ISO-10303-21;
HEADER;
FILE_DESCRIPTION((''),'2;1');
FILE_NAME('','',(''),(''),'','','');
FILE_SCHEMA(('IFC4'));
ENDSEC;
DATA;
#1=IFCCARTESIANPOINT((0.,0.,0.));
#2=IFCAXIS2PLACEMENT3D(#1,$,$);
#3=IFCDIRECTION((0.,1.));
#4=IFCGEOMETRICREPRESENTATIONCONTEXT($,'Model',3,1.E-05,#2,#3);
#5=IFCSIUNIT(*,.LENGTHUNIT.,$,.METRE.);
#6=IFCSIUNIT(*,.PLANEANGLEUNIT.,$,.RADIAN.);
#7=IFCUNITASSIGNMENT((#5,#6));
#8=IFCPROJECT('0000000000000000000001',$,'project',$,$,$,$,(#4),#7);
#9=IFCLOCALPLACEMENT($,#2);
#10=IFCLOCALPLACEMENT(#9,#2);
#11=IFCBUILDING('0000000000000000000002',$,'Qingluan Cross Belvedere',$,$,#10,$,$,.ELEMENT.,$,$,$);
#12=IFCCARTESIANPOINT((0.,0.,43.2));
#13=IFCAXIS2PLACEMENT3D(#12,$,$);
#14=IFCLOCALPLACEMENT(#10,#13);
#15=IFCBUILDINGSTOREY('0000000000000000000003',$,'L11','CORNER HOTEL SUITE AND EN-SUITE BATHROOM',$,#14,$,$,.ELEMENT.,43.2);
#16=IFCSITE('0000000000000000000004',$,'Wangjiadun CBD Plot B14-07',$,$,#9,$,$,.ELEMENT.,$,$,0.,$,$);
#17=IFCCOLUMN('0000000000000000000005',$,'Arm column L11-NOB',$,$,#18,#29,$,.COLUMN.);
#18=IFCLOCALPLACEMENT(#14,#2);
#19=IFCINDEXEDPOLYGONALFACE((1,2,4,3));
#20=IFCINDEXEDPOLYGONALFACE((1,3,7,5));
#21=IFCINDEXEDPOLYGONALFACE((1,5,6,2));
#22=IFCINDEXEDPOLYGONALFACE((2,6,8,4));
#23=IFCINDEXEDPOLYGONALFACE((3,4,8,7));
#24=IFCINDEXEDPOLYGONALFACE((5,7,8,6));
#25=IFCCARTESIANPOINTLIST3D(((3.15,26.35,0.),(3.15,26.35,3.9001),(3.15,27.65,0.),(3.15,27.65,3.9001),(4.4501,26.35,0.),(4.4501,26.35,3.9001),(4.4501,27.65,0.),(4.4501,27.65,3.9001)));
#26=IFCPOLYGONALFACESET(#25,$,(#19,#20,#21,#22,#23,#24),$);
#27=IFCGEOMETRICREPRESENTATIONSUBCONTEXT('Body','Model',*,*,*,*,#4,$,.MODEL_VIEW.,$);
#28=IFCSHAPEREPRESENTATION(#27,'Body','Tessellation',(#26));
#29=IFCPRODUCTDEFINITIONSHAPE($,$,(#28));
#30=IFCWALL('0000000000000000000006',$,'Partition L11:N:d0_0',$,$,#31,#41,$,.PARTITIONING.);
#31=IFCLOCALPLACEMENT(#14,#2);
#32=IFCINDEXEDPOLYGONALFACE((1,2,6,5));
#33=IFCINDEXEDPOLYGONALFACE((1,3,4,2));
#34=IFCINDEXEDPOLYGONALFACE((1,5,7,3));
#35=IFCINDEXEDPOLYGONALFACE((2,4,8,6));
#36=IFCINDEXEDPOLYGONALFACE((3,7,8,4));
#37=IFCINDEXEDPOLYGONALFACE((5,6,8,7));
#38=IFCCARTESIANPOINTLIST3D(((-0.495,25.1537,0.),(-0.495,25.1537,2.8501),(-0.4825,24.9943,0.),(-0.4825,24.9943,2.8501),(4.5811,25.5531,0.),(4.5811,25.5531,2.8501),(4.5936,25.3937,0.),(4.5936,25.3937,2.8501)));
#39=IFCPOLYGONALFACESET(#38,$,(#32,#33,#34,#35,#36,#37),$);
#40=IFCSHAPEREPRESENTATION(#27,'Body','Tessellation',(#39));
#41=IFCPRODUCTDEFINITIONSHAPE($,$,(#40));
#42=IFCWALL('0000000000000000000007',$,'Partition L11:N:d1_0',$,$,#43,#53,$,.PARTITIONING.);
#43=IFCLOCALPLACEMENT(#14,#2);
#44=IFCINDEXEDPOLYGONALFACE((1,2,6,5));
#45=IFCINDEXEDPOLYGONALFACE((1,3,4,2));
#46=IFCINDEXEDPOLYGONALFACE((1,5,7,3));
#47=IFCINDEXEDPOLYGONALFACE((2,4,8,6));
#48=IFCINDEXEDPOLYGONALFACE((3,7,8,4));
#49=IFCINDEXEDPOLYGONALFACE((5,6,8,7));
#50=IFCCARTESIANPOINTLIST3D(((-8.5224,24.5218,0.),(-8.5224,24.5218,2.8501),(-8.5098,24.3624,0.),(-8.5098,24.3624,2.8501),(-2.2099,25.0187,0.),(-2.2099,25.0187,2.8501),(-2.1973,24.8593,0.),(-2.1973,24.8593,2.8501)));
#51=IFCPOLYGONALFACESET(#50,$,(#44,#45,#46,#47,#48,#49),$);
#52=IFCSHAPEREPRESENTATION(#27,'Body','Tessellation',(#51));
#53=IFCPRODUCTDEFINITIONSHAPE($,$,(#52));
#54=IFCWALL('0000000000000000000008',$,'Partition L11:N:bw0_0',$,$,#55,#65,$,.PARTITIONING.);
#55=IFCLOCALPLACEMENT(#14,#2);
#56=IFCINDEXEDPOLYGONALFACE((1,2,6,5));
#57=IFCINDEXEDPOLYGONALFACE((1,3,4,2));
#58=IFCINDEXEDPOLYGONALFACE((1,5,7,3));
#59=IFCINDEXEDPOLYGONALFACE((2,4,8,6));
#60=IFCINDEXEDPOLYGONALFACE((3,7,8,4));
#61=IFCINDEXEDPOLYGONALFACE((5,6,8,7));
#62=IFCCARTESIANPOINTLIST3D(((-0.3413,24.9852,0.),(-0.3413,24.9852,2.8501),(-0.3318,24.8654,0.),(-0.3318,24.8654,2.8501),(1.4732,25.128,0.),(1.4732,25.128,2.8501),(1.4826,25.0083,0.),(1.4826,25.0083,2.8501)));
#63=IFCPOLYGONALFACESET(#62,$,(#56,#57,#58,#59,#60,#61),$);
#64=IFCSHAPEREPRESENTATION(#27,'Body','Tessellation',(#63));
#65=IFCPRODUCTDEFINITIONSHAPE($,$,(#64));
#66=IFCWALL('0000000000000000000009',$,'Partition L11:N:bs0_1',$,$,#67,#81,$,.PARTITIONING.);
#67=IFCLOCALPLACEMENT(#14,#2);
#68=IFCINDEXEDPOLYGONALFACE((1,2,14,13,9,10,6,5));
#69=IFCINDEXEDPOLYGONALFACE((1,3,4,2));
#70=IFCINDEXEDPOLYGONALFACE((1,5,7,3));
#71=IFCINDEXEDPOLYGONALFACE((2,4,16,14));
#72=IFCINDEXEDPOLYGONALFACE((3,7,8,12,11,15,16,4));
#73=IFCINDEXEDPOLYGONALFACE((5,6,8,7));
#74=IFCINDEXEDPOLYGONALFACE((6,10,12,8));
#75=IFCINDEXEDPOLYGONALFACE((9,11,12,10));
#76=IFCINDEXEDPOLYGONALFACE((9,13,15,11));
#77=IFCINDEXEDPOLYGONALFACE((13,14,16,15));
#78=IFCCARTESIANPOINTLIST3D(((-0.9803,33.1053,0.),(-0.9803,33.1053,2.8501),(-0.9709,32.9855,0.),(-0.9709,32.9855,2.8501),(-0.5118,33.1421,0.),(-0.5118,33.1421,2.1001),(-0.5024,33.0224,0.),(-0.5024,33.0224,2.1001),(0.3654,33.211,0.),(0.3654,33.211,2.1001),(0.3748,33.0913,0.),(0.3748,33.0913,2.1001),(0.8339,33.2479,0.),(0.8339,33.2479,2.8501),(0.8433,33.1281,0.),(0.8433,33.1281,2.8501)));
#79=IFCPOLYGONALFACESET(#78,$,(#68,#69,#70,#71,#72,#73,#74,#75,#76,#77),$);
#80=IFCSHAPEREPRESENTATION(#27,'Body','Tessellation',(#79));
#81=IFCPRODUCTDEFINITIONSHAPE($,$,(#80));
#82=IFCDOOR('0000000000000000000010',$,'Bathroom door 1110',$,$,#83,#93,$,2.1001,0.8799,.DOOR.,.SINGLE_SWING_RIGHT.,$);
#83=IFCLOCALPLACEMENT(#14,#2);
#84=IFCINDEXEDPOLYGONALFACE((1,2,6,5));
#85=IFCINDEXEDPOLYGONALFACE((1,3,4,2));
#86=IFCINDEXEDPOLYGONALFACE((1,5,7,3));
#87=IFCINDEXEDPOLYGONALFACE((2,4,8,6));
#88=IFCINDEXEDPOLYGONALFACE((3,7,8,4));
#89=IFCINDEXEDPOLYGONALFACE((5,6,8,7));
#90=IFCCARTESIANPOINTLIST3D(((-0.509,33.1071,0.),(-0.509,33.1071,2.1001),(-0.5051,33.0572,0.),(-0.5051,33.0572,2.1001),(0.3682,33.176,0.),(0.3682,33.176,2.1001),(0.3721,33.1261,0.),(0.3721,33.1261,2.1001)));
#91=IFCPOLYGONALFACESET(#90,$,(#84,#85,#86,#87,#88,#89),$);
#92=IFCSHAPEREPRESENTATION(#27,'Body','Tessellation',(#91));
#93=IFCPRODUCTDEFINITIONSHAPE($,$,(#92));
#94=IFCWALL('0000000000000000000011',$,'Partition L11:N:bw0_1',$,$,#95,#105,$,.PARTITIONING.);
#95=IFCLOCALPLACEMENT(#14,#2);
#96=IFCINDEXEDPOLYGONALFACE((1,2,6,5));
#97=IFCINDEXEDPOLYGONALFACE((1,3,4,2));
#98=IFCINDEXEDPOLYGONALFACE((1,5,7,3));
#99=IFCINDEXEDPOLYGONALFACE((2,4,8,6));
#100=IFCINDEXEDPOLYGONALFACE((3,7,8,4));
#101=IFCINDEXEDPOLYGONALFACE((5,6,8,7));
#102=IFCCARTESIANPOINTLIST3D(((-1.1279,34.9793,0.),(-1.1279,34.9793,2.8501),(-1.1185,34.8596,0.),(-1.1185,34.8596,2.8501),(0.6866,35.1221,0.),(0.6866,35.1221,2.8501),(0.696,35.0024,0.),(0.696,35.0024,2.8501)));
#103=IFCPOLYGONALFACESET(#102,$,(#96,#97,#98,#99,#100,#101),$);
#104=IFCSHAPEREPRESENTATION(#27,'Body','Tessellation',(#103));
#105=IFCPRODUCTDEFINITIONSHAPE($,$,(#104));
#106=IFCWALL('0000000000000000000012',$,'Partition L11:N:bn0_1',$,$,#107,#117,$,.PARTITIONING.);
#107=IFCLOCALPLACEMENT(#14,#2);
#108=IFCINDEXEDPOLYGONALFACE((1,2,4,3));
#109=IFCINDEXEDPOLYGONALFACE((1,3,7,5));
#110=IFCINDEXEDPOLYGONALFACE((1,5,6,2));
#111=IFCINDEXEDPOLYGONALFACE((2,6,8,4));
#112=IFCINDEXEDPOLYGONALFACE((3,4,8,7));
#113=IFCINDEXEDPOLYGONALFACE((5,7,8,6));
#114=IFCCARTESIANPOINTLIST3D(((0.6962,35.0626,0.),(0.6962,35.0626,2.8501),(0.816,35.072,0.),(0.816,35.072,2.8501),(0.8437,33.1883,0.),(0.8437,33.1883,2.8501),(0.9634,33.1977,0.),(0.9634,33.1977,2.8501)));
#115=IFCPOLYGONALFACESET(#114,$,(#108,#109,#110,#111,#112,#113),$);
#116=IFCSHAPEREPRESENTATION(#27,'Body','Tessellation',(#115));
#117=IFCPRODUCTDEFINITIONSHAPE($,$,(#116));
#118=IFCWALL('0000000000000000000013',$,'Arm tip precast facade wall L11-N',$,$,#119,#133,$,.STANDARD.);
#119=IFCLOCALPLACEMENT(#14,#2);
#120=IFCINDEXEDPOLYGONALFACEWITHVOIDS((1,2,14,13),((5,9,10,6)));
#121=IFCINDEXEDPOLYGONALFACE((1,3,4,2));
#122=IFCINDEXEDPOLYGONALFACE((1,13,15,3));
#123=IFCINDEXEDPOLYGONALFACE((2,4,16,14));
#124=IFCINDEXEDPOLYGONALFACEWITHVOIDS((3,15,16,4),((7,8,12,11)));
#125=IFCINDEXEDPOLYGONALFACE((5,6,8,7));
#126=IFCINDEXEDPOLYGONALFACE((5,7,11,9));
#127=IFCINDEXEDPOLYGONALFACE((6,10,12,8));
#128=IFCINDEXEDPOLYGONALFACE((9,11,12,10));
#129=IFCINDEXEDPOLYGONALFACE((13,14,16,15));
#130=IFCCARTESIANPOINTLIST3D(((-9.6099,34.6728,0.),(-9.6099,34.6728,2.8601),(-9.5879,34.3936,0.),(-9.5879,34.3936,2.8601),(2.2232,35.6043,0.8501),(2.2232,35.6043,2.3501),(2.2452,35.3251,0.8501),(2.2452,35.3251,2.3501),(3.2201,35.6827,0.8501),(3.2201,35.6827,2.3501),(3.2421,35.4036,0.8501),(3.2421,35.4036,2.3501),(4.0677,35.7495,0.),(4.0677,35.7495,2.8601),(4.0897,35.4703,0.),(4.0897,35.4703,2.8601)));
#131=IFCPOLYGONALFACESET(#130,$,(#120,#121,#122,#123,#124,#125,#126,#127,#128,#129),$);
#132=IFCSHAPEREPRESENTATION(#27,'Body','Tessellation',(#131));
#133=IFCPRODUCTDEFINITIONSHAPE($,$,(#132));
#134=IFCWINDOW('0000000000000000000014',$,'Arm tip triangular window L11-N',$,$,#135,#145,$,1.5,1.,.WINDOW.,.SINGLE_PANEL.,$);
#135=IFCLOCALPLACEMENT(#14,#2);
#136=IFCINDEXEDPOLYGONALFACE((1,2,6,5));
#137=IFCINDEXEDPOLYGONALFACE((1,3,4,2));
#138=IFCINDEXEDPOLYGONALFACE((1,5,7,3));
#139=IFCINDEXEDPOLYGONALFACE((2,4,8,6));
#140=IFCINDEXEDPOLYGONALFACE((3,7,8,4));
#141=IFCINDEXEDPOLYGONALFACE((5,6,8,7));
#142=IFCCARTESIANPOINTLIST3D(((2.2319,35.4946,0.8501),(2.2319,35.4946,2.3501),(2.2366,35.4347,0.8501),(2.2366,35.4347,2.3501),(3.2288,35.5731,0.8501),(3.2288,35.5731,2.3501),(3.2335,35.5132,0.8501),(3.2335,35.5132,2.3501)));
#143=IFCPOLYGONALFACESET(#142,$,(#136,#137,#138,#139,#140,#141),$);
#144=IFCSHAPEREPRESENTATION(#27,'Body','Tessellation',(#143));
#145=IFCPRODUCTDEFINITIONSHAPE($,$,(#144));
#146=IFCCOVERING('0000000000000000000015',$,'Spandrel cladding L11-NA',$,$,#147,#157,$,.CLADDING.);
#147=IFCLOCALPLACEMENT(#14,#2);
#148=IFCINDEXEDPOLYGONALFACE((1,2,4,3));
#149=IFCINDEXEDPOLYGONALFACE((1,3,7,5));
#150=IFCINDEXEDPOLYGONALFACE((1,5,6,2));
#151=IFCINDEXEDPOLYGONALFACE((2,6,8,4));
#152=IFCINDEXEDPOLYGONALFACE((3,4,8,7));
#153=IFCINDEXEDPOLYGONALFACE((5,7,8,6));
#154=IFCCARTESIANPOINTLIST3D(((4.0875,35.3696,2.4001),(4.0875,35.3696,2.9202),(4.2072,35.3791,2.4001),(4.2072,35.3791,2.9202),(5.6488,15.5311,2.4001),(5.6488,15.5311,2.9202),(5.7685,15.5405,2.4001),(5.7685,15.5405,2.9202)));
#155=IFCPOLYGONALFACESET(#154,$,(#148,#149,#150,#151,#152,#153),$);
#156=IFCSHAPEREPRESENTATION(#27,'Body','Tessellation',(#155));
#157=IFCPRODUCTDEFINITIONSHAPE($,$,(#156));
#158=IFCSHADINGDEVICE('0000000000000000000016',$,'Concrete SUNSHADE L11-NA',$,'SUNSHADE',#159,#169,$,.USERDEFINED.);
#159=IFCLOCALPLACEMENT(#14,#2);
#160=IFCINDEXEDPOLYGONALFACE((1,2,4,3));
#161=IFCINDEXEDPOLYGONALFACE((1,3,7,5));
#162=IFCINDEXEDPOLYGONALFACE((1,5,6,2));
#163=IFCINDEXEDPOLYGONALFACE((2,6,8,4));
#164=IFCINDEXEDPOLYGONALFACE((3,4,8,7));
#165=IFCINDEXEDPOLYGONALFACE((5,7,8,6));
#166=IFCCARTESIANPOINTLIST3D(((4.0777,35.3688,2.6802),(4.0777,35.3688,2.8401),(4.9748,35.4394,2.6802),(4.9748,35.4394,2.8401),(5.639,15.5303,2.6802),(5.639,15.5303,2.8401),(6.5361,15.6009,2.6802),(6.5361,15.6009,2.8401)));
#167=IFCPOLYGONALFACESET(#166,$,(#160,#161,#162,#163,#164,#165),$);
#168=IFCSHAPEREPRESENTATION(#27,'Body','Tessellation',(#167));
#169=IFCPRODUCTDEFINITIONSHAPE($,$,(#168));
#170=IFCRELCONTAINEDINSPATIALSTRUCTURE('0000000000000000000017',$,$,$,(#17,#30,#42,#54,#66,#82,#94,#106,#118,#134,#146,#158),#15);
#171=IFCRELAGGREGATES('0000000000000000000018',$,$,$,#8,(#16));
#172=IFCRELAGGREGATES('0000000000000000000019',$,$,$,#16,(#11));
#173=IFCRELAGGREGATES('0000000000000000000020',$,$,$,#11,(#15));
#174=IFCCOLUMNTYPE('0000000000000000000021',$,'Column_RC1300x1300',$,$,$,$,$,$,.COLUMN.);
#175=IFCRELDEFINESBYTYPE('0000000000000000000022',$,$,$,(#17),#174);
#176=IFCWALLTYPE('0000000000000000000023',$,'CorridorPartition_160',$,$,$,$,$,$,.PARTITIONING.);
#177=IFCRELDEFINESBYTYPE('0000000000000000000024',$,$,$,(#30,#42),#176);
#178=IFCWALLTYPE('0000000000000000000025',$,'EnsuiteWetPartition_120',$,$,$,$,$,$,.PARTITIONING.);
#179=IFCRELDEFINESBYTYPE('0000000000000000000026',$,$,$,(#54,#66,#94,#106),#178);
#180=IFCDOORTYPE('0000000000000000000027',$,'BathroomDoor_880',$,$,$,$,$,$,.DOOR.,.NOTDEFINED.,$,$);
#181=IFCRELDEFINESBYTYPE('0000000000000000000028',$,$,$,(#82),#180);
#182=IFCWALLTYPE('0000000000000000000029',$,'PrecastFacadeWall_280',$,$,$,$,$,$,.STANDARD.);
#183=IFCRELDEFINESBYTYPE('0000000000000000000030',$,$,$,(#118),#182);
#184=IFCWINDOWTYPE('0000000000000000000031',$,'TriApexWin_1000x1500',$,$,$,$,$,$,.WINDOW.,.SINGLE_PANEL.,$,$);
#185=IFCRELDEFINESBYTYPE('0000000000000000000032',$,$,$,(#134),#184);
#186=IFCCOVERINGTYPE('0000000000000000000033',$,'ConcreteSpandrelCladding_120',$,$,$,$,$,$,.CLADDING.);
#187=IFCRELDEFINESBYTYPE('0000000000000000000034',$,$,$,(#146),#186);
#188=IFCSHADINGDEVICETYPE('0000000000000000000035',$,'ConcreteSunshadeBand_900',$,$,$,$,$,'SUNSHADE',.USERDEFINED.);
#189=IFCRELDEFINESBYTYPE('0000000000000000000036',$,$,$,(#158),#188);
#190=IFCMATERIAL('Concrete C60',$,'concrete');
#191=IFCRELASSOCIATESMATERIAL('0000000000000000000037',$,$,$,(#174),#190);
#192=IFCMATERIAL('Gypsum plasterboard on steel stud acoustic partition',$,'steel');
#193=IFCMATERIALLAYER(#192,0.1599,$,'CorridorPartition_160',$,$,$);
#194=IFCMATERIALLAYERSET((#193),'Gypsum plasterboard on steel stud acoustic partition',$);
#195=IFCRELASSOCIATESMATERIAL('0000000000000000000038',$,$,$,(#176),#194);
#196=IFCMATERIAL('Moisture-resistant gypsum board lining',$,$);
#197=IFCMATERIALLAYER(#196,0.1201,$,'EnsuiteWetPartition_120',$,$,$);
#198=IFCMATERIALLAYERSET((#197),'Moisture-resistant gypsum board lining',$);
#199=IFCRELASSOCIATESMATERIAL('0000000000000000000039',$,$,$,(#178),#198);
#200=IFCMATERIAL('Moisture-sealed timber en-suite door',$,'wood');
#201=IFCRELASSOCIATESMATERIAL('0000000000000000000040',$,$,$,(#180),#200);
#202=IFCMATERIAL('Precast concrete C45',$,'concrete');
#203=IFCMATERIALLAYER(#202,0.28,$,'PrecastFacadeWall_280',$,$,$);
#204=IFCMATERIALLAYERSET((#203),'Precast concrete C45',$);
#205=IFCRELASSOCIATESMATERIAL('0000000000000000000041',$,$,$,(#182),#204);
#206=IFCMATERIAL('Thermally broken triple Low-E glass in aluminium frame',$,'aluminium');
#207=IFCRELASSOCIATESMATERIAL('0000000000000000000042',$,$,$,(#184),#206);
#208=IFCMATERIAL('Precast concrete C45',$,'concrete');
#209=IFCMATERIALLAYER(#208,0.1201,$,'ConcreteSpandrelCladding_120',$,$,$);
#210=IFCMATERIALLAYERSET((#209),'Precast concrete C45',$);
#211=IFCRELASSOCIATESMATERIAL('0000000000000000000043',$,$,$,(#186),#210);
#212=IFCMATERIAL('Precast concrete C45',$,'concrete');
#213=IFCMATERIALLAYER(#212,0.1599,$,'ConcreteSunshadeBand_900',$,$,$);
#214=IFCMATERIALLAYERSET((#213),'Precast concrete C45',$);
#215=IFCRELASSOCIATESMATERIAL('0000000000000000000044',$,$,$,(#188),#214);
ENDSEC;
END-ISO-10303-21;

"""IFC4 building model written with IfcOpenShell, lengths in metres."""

from ifc_helpers import new_model, si_unit, direction, frame, frame_2d, origin, origin_2d, place, context, subcontext, project, spatial, rectangle, extrude, material, layer, layer_set, material_profile, profile_set, type_object, element, fill, save


model = new_model("IFC4")

# Units and contexts
model_context = context("Model", 3, precision=1e-05, world=origin(), true_north=direction((0.0, 1.0)))
body_context = subcontext(model_context, "Body", "Model", "MODEL_VIEW")
ifc_project = project(units=[si_unit("LENGTHUNIT", "METRE"), si_unit("PLANEANGLEUNIT", "RADIAN")], contexts=[model_context])

# Site, building, storey
site_placement = place(None, origin())
site = spatial("IfcSite", under=ifc_project, at=site_placement, Name="Wangjiadun CBD Plot B14-07", CompositionType="ELEMENT", RefElevation=0.0)
building_placement = place(site_placement, origin())
building = spatial("IfcBuilding", under=site, at=building_placement, Name="Qingluan Cross Belvedere", CompositionType="ELEMENT")
storey_placement = place(building_placement, frame((0.0, 0.0, 43.2)))
storey = spatial("IfcBuildingStorey", under=building, at=storey_placement, Name="L11", Description="CORNER HOTEL SUITE AND EN-SUITE BATHROOM", CompositionType="ELEMENT", Elevation=43.2)

# Column
ifc_material_1 = material(Name="Concrete C60", Category="concrete")
ifc_material_profile = material_profile(ifc_material_1, rectangle(XDim=1.3, YDim=1.3, at=origin_2d()), Name="RC1300x1300")
ifc_profile_set = profile_set([ifc_material_profile], Name="Concrete C60")
column_type = type_object("IfcColumnType", Name="Column_RC1300x1300", PredefinedType="COLUMN", material=ifc_profile_set)
column_placement = place(storey_placement, frame((3.8, 27.0, 0.0), z_axis=(0.0, 0.0, 1.0), x_axis=(1.0, 0.0, 0.0)))
element("IfcColumn", 1, at=column_placement, inside=storey, type_object=column_type, Name="Arm column L11-NOB", PredefinedType="COLUMN", context=body_context, shape_type="SweptSolid", body=[
    extrude(rectangle(XDim=1.3, YDim=1.3, at=origin_2d()), origin(), (0.0, 0.0, 1.0), 3.9001),
])

# Walls
ifc_material_2 = material(Name="Gypsum plasterboard on steel stud acoustic partition", Category="steel")
ifc_layer_1 = layer(ifc_material_2, 0.1599, Name="CorridorPartition_160")
ifc_layer_set_1 = layer_set([ifc_layer_1], Name="Gypsum plasterboard on steel stud acoustic partition")
wall_type_1 = type_object("IfcWallType", Name="CorridorPartition_160", PredefinedType="PARTITIONING", material=ifc_layer_set_1)
wall_1_placement = place(storey_placement, frame((-0.4888, 25.074, 0.0), z_axis=(0.0, 0.0, 1.0), x_axis=(0.996919, 0.078442, 0.0)))
element("IfcWall", 2, at=wall_1_placement, inside=storey, type_object=wall_type_1, Name="Partition L11:N:d0_0", PredefinedType="PARTITIONING", context=body_context, shape_type="SweptSolid", body=[
    extrude(rectangle(XDim=5.0918, YDim=0.1599, at=frame_2d((2.5459, 0.0))), origin(), (0.0, 0.0, 1.0), 2.8501),
])
wall_2_placement = place(storey_placement, frame((-2.2036, 24.939, 0.0), z_axis=(0.0, 0.0, 1.0), x_axis=(-0.996917, -0.078462, 0.0)))
element("IfcWall", 3, at=wall_2_placement, inside=storey, type_object=wall_type_1, Name="Partition L11:N:d1_0", PredefinedType="PARTITIONING", context=body_context, shape_type="SweptSolid", body=[
    extrude(rectangle(XDim=6.332, YDim=0.1599, at=frame_2d((3.166, 0.0))), origin(), (0.0, 0.0, 1.0), 2.8501),
])
ifc_material_3 = material(Name="Moisture-resistant gypsum board lining")
ifc_layer_2 = layer(ifc_material_3, 0.1201, Name="EnsuiteWetPartition_120")
ifc_layer_set_2 = layer_set([ifc_layer_2], Name="Moisture-resistant gypsum board lining")
wall_type_2 = type_object("IfcWallType", Name="EnsuiteWetPartition_120", PredefinedType="PARTITIONING", material=ifc_layer_set_2)
wall_3_placement = place(storey_placement, frame((-0.3367, 24.9253, 0.0), z_axis=(0.0, 0.0, 1.0), x_axis=(0.996916, 0.078471, 0.0)))
element("IfcWall", 4, at=wall_3_placement, inside=storey, type_object=wall_type_2, Name="Partition L11:N:bw0_0", PredefinedType="PARTITIONING", context=body_context, shape_type="SweptSolid", body=[
    extrude(rectangle(XDim=1.8201, YDim=0.1201, at=frame_2d((0.9102, 0.0))), origin(), (0.0, 0.0, 1.0), 2.8501),
])

# Wall, opening, door
wall_4_placement = place(storey_placement, frame((-0.9756, 33.0454, 0.0), z_axis=(0.0, 0.0, 1.0), x_axis=(0.996926, 0.078348, 0.0)))
wall_4 = element("IfcWall", 5, at=wall_4_placement, inside=storey, type_object=wall_type_2, Name="Partition L11:N:bs0_1", PredefinedType="PARTITIONING", context=body_context, shape_type="SweptSolid", body=[
    extrude(rectangle(XDim=1.8198, YDim=0.1201, at=frame_2d((0.9099, 0.0))), origin(), (0.0, 0.0, 1.0), 2.8501),
])
opening_1_placement = place(wall_4_placement, frame((0.47, 0.0, 0.0)))
opening_1 = element("IfcOpeningElement", 6, at=opening_1_placement, cuts=wall_4, PredefinedType="OPENING", context=body_context, shape_type="SweptSolid", body=[
    extrude(rectangle(XDim=0.8799, YDim=2.1001, at=frame_2d((0.4399, 1.05))), frame((0.0, 0.0701, 0.0), z_axis=(0.0, -1.0, 0.0), x_axis=(1.0, 0.0, 0.0)), (0.0, 0.0, 1.0), 0.1401),
])
ifc_material_4 = material(Name="Moisture-sealed timber en-suite door", Category="wood")
door_type = type_object("IfcDoorType", Name="BathroomDoor_880", OperationType="NOTDEFINED", PredefinedType="DOOR", material=ifc_material_4)
door_placement = place(opening_1_placement, origin())
door = element("IfcDoor", 7, at=door_placement, inside=storey, type_object=door_type, Name="Bathroom door 1110", OperationType="SINGLE_SWING_RIGHT", OverallHeight=2.1001, OverallWidth=0.8799, PredefinedType="DOOR", context=body_context, shape_type="SweptSolid", body=[
    extrude(rectangle(XDim=0.8799, YDim=2.1001, at=frame_2d((0.4399, 1.05))), frame((0.0, 0.0249, 0.0), z_axis=(0.0, -1.0, 0.0), x_axis=(1.0, 0.0, 0.0)), (0.0, 0.0, 1.0), 0.05),
])
fill(opening_1, door)

# Walls
wall_5_placement = place(storey_placement, frame((-1.1233, 34.9194, 0.0), z_axis=(0.0, 0.0, 1.0), x_axis=(0.996916, 0.078471, 0.0)))
element("IfcWall", 8, at=wall_5_placement, inside=storey, type_object=wall_type_2, Name="Partition L11:N:bw0_1", PredefinedType="PARTITIONING", context=body_context, shape_type="SweptSolid", body=[
    extrude(rectangle(XDim=1.8201, YDim=0.1201, at=frame_2d((0.9102, 0.0))), origin(), (0.0, 0.0, 1.0), 2.8501),
])
wall_6_placement = place(storey_placement, frame((0.9036, 33.1931, 0.0), z_axis=(0.0, 0.0, 1.0), x_axis=(-0.078434, 0.996919, 0.0)))
element("IfcWall", 9, at=wall_6_placement, inside=storey, type_object=wall_type_2, Name="Partition L11:N:bn0_1", PredefinedType="PARTITIONING", context=body_context, shape_type="SweptSolid", body=[
    extrude(rectangle(XDim=1.8801, YDim=0.1201, at=frame_2d((0.9399, 0.0))), origin(), (0.0, 0.0, 1.0), 2.8501),
])

# Wall, opening, window
ifc_material_5 = material(Name="Precast concrete C45", Category="concrete")
ifc_layer_3 = layer(ifc_material_5, 0.28, Name="PrecastFacadeWall_280")
ifc_layer_set_3 = layer_set([ifc_layer_3], Name="Precast concrete C45")
wall_type_3 = type_object("IfcWallType", Name="PrecastFacadeWall_280", PredefinedType="STANDARD", material=ifc_layer_set_3)
wall_7_placement = place(storey_placement, frame((4.0786, 35.6099, 0.0), z_axis=(0.0, 0.0, 1.0), x_axis=(-0.996916, -0.078474, 0.0)))
wall_7 = element("IfcWall", 10, at=wall_7_placement, inside=storey, type_object=wall_type_3, Name="Arm tip precast facade wall L11-N", PredefinedType="STANDARD", context=body_context, shape_type="SweptSolid", body=[
    extrude(rectangle(XDim=13.72, YDim=0.28, at=frame_2d((6.8599, 0.0))), origin(), (0.0, 0.0, 1.0), 2.8601),
])
opening_2_placement = place(wall_7_placement, frame((0.8501, 0.0, 0.8501)))
opening_2 = element("IfcOpeningElement", 11, at=opening_2_placement, cuts=wall_7, PredefinedType="OPENING", context=body_context, shape_type="SweptSolid", body=[
    extrude(rectangle(XDim=1.0, YDim=1.5, at=frame_2d((0.5, 0.75))), frame((0.0, 0.1499, 0.0), z_axis=(0.0, -1.0, 0.0), x_axis=(1.0, 0.0, 0.0)), (0.0, 0.0, 1.0), 0.3),
])
ifc_material_6 = material(Name="Thermally broken triple Low-E glass in aluminium frame", Category="aluminium")
window_type = type_object("IfcWindowType", Name="TriApexWin_1000x1500", PartitioningType="SINGLE_PANEL", PredefinedType="WINDOW", material=ifc_material_6)
window_placement = place(opening_2_placement, origin())
window = element("IfcWindow", 12, at=window_placement, inside=storey, type_object=window_type, Name="Arm tip triangular window L11-N", OverallHeight=1.5, OverallWidth=1.0, PartitioningType="SINGLE_PANEL", PredefinedType="WINDOW", context=body_context, shape_type="SweptSolid", body=[
    extrude(rectangle(XDim=1.0, YDim=1.5, at=frame_2d((0.5, 0.75))), frame((0.0, 0.03, 0.0), z_axis=(0.0, -1.0, 0.0), x_axis=(1.0, 0.0, 0.0)), (0.0, 0.0, 1.0), 0.0601),
])
fill(opening_2, window)

# Covering
ifc_material_7 = material(Name="Precast concrete C45", Category="concrete")
ifc_layer_4 = layer(ifc_material_7, 0.1201, Name="ConcreteSpandrelCladding_120")
ifc_layer_set_4 = layer_set([ifc_layer_4], Name="Precast concrete C45")
covering_type = type_object("IfcCoveringType", Name="ConcreteSpandrelCladding_120", PredefinedType="CLADDING", material=ifc_layer_set_4)
covering_placement = place(storey_placement, frame((4.928, 25.4551, 2.4001), z_axis=(0.0, 0.0, 1.0), x_axis=(-0.078458, 0.996917, 0.0)))
element("IfcCovering", 13, at=covering_placement, inside=storey, type_object=covering_type, Name="Spandrel cladding L11-NA", PredefinedType="CLADDING", context=body_context, shape_type="SweptSolid", body=[
    extrude(rectangle(XDim=19.8999, YDim=0.1201, at=origin_2d()), origin(), (0.0, 0.0, 1.0), 0.52),
])

# Shading device
ifc_material_8 = material(Name="Precast concrete C45", Category="concrete")
ifc_layer_5 = layer(ifc_material_8, 0.1599, Name="ConcreteSunshadeBand_900")
ifc_layer_set_5 = layer_set([ifc_layer_5], Name="Precast concrete C45")
shading_device_type = type_object("IfcShadingDeviceType", Name="ConcreteSunshadeBand_900", ElementType="SUNSHADE", PredefinedType="USERDEFINED", material=ifc_layer_set_5)
shading_device_placement = place(storey_placement, frame((5.3069, 25.4849, 2.6802), z_axis=(0.0, 0.0, 1.0), x_axis=(-0.078458, 0.996917, 0.0)))
element("IfcShadingDevice", 14, at=shading_device_placement, inside=storey, type_object=shading_device_type, Name="Concrete SUNSHADE L11-NA", ObjectType="SUNSHADE", PredefinedType="USERDEFINED", context=body_context, shape_type="SweptSolid", body=[
    extrude(rectangle(XDim=19.8999, YDim=0.8999, at=origin_2d()), origin(), (0.0, 0.0, 1.0), 0.1599),
])

save(model, "model.ifc")
